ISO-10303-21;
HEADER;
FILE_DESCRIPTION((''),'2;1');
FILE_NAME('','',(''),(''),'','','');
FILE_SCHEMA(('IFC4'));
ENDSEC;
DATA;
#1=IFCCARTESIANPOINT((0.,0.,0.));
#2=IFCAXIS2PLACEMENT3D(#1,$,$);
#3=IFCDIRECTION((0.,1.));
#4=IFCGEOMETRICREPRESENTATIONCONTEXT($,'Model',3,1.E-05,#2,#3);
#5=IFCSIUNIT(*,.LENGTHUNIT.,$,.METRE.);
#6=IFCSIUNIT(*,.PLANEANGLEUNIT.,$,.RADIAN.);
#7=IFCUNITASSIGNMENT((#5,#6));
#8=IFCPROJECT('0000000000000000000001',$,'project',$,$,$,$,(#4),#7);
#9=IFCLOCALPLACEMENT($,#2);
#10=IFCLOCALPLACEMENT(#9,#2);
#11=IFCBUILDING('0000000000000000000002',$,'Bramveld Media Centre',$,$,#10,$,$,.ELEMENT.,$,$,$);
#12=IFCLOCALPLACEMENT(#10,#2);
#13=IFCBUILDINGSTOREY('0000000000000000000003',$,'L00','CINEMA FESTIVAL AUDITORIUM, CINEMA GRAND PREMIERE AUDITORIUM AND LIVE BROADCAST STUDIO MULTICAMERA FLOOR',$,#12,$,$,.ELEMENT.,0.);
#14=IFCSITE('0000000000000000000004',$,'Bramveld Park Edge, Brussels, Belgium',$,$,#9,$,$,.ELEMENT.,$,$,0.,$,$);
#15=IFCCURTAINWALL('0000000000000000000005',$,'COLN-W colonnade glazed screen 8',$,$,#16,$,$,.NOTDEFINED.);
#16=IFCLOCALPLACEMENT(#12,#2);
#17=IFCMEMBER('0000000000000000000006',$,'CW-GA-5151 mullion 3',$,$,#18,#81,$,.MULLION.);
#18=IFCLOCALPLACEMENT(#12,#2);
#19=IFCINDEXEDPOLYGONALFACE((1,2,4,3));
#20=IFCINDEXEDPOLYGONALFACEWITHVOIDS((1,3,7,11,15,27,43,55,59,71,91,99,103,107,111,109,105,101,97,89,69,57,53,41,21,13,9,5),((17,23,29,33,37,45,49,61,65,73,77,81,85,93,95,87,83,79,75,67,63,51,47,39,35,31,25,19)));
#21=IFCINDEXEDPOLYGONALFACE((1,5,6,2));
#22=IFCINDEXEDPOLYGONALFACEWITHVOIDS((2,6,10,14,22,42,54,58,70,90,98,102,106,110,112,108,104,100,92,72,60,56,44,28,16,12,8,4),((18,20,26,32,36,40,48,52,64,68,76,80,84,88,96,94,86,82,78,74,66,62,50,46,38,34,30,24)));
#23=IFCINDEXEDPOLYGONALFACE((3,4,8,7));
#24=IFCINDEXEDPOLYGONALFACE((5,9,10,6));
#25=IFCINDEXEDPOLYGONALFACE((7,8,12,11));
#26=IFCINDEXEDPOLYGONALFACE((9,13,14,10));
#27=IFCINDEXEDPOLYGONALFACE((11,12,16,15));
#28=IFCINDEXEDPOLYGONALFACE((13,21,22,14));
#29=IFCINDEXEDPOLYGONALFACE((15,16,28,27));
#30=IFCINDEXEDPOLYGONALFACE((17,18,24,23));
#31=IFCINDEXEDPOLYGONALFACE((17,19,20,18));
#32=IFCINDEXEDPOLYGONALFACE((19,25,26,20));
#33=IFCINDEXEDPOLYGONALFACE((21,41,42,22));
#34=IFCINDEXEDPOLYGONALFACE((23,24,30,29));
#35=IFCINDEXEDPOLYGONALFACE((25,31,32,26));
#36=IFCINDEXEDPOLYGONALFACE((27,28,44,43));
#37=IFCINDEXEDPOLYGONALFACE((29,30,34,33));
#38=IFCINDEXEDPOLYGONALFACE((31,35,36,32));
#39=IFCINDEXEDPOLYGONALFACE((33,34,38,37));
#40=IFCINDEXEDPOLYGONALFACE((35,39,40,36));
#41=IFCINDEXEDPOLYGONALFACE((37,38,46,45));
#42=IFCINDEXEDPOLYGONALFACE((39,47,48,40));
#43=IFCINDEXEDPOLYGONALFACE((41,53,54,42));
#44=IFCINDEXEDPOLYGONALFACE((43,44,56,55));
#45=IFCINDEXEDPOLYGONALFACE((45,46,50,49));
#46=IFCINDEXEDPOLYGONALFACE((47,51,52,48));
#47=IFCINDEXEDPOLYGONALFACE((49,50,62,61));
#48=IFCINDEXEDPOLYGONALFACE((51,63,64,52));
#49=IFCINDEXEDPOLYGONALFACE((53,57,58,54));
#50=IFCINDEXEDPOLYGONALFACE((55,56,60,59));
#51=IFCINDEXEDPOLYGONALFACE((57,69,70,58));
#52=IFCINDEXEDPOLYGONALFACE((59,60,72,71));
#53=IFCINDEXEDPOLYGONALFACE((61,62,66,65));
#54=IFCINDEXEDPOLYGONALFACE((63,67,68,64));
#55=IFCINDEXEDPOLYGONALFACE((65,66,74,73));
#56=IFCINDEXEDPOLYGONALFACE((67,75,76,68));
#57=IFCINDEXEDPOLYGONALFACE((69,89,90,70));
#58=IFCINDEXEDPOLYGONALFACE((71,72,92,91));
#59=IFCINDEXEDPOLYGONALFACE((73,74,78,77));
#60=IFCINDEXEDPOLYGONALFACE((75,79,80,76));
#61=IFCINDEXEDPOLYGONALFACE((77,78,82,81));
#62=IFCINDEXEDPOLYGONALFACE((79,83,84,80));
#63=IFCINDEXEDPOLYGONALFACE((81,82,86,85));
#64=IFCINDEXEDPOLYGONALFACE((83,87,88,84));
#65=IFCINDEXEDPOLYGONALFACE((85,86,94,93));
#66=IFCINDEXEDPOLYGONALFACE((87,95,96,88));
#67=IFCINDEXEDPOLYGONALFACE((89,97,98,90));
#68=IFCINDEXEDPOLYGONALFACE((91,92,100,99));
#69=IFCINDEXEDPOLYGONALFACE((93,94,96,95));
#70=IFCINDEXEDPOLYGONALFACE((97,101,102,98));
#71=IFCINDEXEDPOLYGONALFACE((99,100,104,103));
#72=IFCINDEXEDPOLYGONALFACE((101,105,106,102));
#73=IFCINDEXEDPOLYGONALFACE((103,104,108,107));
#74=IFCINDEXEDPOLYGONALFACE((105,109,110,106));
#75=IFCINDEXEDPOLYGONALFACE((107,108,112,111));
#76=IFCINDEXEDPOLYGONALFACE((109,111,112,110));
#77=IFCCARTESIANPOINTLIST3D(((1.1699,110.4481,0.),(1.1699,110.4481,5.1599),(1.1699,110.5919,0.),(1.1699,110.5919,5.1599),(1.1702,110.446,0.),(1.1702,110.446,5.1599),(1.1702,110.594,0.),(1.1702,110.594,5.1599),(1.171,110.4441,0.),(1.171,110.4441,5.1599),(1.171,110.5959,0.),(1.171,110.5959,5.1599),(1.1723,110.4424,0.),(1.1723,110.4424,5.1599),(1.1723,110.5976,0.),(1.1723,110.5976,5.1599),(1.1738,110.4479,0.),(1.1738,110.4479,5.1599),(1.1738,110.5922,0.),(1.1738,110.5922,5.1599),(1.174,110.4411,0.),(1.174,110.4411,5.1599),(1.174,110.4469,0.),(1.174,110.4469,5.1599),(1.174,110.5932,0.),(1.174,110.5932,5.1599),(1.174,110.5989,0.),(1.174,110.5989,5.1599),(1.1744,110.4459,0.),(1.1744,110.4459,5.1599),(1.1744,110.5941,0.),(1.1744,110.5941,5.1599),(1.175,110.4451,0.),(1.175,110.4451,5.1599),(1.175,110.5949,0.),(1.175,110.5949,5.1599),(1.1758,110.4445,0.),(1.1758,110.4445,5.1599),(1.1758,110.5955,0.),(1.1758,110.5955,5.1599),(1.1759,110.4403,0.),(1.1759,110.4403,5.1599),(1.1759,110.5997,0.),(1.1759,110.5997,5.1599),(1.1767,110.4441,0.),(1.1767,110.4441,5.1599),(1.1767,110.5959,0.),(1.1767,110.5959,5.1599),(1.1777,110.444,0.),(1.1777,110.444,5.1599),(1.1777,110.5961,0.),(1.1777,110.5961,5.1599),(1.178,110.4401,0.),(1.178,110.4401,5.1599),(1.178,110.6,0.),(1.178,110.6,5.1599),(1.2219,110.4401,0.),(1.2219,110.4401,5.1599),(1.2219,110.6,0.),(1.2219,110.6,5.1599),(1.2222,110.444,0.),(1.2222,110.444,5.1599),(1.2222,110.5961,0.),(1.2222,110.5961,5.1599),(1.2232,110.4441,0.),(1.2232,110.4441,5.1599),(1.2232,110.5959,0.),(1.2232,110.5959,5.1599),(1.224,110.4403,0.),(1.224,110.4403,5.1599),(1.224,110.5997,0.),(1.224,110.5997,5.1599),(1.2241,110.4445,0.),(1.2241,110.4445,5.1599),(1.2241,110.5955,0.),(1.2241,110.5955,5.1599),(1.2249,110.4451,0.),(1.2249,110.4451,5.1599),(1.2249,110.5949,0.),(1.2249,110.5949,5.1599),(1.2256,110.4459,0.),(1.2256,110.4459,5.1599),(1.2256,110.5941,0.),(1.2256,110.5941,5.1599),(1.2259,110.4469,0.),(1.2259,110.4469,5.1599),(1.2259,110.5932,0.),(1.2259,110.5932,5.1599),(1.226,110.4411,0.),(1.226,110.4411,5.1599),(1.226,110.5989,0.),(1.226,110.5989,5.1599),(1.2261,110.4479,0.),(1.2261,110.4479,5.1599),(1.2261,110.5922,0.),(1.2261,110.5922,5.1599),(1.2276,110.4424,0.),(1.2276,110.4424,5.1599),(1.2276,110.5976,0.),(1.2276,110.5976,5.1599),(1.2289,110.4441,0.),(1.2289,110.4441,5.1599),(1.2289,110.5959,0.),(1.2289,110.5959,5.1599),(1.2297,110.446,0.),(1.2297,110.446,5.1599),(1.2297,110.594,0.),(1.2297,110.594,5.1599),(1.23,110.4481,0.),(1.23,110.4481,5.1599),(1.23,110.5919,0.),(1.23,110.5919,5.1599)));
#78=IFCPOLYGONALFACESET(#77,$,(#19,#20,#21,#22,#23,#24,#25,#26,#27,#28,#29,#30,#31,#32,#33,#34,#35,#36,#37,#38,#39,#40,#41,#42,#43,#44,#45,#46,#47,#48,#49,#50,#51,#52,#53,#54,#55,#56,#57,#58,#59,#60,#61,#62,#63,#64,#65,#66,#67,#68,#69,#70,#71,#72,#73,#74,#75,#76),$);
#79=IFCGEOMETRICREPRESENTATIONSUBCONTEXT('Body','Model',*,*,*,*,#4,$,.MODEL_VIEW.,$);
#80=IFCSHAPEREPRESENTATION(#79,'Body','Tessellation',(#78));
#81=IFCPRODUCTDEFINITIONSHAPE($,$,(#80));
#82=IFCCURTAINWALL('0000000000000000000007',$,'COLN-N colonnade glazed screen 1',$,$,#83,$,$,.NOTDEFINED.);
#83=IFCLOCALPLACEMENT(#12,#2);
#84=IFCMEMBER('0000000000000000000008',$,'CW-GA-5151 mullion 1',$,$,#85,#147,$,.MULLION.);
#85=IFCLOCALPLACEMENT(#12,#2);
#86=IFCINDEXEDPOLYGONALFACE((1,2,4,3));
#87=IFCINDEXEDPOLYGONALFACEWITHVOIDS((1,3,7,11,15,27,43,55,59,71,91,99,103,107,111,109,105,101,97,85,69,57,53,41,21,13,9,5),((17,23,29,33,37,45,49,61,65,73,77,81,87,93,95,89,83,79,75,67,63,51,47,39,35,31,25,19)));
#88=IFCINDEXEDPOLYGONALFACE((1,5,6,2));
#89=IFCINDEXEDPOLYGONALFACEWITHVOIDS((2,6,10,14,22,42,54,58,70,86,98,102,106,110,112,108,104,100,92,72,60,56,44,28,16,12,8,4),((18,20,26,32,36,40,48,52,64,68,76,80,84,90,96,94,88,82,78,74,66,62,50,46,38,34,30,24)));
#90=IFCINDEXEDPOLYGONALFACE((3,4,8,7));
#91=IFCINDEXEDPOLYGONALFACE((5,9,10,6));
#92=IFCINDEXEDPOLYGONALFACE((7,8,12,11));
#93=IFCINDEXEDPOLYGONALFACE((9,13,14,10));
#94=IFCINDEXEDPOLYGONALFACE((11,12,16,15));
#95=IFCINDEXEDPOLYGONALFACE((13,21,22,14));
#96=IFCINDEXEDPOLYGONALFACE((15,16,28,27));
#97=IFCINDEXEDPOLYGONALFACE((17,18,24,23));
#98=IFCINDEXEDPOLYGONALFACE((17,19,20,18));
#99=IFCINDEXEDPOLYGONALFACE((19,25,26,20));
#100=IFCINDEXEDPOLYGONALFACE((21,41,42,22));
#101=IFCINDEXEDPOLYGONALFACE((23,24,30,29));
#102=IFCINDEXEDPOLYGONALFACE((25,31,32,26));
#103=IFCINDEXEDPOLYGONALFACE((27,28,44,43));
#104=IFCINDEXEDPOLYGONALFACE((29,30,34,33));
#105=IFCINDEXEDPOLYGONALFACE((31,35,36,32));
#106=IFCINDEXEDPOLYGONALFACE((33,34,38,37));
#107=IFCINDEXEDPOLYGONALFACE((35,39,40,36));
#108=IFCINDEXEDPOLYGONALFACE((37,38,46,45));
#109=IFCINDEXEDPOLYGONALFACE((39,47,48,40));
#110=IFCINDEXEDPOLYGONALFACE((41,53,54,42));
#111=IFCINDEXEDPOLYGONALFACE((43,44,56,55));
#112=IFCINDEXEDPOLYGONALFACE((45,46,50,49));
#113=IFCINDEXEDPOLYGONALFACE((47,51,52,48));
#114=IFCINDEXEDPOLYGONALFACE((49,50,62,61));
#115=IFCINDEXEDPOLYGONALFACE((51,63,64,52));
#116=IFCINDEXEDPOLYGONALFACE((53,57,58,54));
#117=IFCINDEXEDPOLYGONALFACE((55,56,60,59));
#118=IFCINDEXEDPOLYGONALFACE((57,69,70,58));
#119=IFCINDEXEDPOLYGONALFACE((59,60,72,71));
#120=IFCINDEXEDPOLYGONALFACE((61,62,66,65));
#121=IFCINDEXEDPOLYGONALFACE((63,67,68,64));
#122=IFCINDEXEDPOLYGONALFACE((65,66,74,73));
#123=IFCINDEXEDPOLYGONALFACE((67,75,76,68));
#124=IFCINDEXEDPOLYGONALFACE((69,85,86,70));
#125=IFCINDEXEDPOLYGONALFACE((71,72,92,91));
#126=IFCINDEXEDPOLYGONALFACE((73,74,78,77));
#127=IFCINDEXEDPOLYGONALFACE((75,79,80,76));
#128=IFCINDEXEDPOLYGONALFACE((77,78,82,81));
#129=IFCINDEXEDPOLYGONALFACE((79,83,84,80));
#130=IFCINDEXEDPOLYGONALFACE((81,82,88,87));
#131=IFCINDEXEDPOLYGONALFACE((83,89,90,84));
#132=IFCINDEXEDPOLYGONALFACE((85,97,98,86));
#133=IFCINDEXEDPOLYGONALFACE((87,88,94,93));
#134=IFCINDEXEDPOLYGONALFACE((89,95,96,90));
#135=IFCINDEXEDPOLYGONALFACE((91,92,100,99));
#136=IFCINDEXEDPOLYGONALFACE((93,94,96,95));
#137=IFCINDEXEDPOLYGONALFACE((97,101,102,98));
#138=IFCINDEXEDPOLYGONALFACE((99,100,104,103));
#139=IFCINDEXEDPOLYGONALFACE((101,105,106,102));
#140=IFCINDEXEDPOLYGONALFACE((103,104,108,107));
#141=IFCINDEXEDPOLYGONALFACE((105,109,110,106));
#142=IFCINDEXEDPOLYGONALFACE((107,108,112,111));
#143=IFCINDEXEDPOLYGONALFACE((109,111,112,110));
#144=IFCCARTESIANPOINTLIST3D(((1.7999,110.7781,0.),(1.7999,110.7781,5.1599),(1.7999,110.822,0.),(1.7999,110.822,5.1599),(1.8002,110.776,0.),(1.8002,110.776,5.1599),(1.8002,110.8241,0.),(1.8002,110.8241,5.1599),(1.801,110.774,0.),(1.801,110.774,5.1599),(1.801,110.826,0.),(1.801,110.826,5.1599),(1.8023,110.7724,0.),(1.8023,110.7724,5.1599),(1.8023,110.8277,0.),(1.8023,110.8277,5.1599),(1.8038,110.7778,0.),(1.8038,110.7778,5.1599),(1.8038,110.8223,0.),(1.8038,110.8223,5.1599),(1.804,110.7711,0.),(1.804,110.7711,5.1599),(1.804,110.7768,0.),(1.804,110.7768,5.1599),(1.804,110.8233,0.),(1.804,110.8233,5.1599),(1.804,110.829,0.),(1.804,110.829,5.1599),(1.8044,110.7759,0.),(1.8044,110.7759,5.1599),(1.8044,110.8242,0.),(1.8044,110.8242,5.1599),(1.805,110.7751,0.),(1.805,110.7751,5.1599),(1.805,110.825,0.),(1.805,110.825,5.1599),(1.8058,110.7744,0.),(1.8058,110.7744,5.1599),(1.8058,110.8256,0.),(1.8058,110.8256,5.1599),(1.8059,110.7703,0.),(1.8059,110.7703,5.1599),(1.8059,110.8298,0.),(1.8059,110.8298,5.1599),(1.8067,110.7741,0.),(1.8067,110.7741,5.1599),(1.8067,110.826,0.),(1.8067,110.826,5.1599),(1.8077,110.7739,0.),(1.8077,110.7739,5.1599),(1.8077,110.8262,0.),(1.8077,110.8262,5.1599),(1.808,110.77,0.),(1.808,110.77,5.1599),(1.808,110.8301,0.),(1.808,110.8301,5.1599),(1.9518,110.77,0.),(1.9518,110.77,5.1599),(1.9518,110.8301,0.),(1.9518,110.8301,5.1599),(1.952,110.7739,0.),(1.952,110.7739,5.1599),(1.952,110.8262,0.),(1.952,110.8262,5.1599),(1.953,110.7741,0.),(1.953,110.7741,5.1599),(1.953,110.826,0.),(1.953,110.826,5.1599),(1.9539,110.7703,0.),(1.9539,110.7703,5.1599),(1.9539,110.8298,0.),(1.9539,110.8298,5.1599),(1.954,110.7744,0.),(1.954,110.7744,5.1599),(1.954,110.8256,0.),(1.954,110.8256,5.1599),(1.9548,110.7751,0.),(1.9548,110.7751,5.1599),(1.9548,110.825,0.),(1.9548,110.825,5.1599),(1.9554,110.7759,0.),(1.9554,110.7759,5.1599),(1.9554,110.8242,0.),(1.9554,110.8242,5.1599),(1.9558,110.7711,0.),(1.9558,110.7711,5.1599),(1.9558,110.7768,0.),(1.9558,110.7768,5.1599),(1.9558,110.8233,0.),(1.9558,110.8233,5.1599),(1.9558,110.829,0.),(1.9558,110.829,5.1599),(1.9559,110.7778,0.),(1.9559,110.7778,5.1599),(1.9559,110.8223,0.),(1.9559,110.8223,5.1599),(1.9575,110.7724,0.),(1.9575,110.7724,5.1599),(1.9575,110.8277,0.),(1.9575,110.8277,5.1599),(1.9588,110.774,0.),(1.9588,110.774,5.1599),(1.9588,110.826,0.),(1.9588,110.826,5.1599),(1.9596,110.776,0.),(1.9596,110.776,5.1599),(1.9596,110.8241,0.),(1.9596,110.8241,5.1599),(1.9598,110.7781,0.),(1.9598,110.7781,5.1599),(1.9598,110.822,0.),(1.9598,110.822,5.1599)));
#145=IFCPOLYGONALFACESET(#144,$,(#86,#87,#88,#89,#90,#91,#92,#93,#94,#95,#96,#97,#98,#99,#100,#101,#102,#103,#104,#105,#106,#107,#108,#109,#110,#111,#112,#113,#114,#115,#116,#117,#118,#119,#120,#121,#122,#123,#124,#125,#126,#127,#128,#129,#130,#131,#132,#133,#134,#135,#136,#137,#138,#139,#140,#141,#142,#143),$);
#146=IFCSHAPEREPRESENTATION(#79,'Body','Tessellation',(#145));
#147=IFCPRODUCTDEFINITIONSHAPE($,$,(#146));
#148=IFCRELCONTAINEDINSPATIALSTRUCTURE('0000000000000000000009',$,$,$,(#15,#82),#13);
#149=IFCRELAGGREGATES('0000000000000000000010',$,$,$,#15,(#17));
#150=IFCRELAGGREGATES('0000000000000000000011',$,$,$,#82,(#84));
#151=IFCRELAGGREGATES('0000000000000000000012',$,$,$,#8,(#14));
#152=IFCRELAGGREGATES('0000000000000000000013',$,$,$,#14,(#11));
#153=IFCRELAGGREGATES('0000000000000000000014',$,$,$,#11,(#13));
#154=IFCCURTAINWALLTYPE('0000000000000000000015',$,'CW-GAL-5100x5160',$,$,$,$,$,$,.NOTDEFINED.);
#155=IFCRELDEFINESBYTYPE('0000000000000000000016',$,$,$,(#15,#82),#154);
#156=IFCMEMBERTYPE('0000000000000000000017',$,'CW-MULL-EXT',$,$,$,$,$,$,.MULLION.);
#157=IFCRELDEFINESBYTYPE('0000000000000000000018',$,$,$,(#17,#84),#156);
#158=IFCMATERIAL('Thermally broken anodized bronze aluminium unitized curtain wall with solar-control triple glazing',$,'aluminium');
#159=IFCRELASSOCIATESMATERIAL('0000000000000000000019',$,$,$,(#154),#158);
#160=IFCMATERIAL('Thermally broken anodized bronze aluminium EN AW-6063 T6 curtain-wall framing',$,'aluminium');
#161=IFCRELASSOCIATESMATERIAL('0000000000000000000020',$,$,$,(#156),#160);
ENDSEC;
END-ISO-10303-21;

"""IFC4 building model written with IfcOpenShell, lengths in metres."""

from ifc_helpers import new_model, si_unit, direction, frame, origin, origin_2d, place, context, subcontext, project, spatial, hollow_rectangle, extrude, material, material_profile, profile_set, type_object, element, aggregate, save


model = new_model("IFC4")

# Units and contexts
model_context = context("Model", 3, precision=1e-05, world=origin(), true_north=direction((0.0, 1.0)))
body_context = subcontext(model_context, "Body", "Model", "MODEL_VIEW")
ifc_project = project(units=[si_unit("LENGTHUNIT", "METRE"), si_unit("PLANEANGLEUNIT", "RADIAN")], contexts=[model_context])

# Site, building, storey
site_placement = place(None, origin())
site = spatial("IfcSite", under=ifc_project, at=site_placement, Name="Bramveld Park Edge, Brussels, Belgium", CompositionType="ELEMENT", RefElevation=0.0)
building_placement = place(site_placement, origin())
building = spatial("IfcBuilding", under=site, at=building_placement, Name="Bramveld Media Centre", CompositionType="ELEMENT")
storey_placement = place(building_placement, origin())
storey = spatial("IfcBuildingStorey", under=building, at=storey_placement, Name="L00", Description="CINEMA FESTIVAL AUDITORIUM, CINEMA GRAND PREMIERE AUDITORIUM AND LIVE BROADCAST STUDIO MULTICAMERA FLOOR", CompositionType="ELEMENT", Elevation=0.0)

# Curtain walls, members
ifc_material_1 = material(Name="Thermally broken anodized bronze aluminium unitized curtain wall with solar-control triple glazing", Category="aluminium")
curtain_wall_type = type_object("IfcCurtainWallType", Name="CW-GAL-5100x5160", PredefinedType="NOTDEFINED", material=ifc_material_1)
curtain_wall_1_placement = place(storey_placement, origin())
curtain_wall_1 = element("IfcCurtainWall", 1, at=curtain_wall_1_placement, inside=storey, type_object=curtain_wall_type, Name="COLN-W colonnade glazed screen 8", PredefinedType="NOTDEFINED")
ifc_material_2 = material(Name="Thermally broken anodized bronze aluminium EN AW-6063 T6 curtain-wall framing", Category="aluminium")
ifc_material_profile_1 = material_profile(ifc_material_2, hollow_rectangle(XDim=0.0601, YDim=0.1599, WallThickness=0.0039, InnerFilletRadius=0.0039, OuterFilletRadius=0.0081, at=origin_2d()), Name="AL-MULL 60x160")
ifc_profile_set_1 = profile_set([ifc_material_profile_1], Name="Thermally broken anodized bronze aluminium EN AW-6063 T6 curtain-wall framing")
member_type_1 = type_object("IfcMemberType", Name="CW-MULL-EXT", PredefinedType="MULLION", material=ifc_profile_set_1)
member_1_placement = place(storey_placement, frame((1.2, 110.52, 0.0), z_axis=(0.0, 0.0, 1.0), x_axis=(-1.0, 0.0, 0.0)))
member_1 = element("IfcMember", 2, at=member_1_placement, type_object=member_type_1, Name="CW-GA-5151 mullion 3", PredefinedType="MULLION", context=body_context, shape_type="SweptSolid", body=[
    extrude(hollow_rectangle(XDim=0.0601, YDim=0.1599, WallThickness=0.0039, InnerFilletRadius=0.0039, OuterFilletRadius=0.0081, at=origin_2d()), origin(), (0.0, 0.0, 1.0), 5.1599),
])
curtain_wall_2_placement = place(storey_placement, origin())
curtain_wall_2 = element("IfcCurtainWall", 3, at=curtain_wall_2_placement, inside=storey, type_object=curtain_wall_type, Name="COLN-N colonnade glazed screen 1", PredefinedType="NOTDEFINED")
member_2_placement = place(storey_placement, frame((1.8799, 110.8, 0.0), z_axis=(0.0, 0.0, 1.0), x_axis=(0.0, 1.0, 0.0)))
member_2 = element("IfcMember", 4, at=member_2_placement, type_object=member_type_1, Name="CW-GA-5151 mullion 1", PredefinedType="MULLION", context=body_context, shape_type="SweptSolid", body=[
    extrude(hollow_rectangle(XDim=0.0601, YDim=0.1599, WallThickness=0.0039, InnerFilletRadius=0.0039, OuterFilletRadius=0.0081, at=origin_2d()), origin(), (0.0, 0.0, 1.0), 5.1599),
])

aggregate(curtain_wall_1, [member_1])
aggregate(curtain_wall_2, [member_2])

save(model, "model.ifc")
